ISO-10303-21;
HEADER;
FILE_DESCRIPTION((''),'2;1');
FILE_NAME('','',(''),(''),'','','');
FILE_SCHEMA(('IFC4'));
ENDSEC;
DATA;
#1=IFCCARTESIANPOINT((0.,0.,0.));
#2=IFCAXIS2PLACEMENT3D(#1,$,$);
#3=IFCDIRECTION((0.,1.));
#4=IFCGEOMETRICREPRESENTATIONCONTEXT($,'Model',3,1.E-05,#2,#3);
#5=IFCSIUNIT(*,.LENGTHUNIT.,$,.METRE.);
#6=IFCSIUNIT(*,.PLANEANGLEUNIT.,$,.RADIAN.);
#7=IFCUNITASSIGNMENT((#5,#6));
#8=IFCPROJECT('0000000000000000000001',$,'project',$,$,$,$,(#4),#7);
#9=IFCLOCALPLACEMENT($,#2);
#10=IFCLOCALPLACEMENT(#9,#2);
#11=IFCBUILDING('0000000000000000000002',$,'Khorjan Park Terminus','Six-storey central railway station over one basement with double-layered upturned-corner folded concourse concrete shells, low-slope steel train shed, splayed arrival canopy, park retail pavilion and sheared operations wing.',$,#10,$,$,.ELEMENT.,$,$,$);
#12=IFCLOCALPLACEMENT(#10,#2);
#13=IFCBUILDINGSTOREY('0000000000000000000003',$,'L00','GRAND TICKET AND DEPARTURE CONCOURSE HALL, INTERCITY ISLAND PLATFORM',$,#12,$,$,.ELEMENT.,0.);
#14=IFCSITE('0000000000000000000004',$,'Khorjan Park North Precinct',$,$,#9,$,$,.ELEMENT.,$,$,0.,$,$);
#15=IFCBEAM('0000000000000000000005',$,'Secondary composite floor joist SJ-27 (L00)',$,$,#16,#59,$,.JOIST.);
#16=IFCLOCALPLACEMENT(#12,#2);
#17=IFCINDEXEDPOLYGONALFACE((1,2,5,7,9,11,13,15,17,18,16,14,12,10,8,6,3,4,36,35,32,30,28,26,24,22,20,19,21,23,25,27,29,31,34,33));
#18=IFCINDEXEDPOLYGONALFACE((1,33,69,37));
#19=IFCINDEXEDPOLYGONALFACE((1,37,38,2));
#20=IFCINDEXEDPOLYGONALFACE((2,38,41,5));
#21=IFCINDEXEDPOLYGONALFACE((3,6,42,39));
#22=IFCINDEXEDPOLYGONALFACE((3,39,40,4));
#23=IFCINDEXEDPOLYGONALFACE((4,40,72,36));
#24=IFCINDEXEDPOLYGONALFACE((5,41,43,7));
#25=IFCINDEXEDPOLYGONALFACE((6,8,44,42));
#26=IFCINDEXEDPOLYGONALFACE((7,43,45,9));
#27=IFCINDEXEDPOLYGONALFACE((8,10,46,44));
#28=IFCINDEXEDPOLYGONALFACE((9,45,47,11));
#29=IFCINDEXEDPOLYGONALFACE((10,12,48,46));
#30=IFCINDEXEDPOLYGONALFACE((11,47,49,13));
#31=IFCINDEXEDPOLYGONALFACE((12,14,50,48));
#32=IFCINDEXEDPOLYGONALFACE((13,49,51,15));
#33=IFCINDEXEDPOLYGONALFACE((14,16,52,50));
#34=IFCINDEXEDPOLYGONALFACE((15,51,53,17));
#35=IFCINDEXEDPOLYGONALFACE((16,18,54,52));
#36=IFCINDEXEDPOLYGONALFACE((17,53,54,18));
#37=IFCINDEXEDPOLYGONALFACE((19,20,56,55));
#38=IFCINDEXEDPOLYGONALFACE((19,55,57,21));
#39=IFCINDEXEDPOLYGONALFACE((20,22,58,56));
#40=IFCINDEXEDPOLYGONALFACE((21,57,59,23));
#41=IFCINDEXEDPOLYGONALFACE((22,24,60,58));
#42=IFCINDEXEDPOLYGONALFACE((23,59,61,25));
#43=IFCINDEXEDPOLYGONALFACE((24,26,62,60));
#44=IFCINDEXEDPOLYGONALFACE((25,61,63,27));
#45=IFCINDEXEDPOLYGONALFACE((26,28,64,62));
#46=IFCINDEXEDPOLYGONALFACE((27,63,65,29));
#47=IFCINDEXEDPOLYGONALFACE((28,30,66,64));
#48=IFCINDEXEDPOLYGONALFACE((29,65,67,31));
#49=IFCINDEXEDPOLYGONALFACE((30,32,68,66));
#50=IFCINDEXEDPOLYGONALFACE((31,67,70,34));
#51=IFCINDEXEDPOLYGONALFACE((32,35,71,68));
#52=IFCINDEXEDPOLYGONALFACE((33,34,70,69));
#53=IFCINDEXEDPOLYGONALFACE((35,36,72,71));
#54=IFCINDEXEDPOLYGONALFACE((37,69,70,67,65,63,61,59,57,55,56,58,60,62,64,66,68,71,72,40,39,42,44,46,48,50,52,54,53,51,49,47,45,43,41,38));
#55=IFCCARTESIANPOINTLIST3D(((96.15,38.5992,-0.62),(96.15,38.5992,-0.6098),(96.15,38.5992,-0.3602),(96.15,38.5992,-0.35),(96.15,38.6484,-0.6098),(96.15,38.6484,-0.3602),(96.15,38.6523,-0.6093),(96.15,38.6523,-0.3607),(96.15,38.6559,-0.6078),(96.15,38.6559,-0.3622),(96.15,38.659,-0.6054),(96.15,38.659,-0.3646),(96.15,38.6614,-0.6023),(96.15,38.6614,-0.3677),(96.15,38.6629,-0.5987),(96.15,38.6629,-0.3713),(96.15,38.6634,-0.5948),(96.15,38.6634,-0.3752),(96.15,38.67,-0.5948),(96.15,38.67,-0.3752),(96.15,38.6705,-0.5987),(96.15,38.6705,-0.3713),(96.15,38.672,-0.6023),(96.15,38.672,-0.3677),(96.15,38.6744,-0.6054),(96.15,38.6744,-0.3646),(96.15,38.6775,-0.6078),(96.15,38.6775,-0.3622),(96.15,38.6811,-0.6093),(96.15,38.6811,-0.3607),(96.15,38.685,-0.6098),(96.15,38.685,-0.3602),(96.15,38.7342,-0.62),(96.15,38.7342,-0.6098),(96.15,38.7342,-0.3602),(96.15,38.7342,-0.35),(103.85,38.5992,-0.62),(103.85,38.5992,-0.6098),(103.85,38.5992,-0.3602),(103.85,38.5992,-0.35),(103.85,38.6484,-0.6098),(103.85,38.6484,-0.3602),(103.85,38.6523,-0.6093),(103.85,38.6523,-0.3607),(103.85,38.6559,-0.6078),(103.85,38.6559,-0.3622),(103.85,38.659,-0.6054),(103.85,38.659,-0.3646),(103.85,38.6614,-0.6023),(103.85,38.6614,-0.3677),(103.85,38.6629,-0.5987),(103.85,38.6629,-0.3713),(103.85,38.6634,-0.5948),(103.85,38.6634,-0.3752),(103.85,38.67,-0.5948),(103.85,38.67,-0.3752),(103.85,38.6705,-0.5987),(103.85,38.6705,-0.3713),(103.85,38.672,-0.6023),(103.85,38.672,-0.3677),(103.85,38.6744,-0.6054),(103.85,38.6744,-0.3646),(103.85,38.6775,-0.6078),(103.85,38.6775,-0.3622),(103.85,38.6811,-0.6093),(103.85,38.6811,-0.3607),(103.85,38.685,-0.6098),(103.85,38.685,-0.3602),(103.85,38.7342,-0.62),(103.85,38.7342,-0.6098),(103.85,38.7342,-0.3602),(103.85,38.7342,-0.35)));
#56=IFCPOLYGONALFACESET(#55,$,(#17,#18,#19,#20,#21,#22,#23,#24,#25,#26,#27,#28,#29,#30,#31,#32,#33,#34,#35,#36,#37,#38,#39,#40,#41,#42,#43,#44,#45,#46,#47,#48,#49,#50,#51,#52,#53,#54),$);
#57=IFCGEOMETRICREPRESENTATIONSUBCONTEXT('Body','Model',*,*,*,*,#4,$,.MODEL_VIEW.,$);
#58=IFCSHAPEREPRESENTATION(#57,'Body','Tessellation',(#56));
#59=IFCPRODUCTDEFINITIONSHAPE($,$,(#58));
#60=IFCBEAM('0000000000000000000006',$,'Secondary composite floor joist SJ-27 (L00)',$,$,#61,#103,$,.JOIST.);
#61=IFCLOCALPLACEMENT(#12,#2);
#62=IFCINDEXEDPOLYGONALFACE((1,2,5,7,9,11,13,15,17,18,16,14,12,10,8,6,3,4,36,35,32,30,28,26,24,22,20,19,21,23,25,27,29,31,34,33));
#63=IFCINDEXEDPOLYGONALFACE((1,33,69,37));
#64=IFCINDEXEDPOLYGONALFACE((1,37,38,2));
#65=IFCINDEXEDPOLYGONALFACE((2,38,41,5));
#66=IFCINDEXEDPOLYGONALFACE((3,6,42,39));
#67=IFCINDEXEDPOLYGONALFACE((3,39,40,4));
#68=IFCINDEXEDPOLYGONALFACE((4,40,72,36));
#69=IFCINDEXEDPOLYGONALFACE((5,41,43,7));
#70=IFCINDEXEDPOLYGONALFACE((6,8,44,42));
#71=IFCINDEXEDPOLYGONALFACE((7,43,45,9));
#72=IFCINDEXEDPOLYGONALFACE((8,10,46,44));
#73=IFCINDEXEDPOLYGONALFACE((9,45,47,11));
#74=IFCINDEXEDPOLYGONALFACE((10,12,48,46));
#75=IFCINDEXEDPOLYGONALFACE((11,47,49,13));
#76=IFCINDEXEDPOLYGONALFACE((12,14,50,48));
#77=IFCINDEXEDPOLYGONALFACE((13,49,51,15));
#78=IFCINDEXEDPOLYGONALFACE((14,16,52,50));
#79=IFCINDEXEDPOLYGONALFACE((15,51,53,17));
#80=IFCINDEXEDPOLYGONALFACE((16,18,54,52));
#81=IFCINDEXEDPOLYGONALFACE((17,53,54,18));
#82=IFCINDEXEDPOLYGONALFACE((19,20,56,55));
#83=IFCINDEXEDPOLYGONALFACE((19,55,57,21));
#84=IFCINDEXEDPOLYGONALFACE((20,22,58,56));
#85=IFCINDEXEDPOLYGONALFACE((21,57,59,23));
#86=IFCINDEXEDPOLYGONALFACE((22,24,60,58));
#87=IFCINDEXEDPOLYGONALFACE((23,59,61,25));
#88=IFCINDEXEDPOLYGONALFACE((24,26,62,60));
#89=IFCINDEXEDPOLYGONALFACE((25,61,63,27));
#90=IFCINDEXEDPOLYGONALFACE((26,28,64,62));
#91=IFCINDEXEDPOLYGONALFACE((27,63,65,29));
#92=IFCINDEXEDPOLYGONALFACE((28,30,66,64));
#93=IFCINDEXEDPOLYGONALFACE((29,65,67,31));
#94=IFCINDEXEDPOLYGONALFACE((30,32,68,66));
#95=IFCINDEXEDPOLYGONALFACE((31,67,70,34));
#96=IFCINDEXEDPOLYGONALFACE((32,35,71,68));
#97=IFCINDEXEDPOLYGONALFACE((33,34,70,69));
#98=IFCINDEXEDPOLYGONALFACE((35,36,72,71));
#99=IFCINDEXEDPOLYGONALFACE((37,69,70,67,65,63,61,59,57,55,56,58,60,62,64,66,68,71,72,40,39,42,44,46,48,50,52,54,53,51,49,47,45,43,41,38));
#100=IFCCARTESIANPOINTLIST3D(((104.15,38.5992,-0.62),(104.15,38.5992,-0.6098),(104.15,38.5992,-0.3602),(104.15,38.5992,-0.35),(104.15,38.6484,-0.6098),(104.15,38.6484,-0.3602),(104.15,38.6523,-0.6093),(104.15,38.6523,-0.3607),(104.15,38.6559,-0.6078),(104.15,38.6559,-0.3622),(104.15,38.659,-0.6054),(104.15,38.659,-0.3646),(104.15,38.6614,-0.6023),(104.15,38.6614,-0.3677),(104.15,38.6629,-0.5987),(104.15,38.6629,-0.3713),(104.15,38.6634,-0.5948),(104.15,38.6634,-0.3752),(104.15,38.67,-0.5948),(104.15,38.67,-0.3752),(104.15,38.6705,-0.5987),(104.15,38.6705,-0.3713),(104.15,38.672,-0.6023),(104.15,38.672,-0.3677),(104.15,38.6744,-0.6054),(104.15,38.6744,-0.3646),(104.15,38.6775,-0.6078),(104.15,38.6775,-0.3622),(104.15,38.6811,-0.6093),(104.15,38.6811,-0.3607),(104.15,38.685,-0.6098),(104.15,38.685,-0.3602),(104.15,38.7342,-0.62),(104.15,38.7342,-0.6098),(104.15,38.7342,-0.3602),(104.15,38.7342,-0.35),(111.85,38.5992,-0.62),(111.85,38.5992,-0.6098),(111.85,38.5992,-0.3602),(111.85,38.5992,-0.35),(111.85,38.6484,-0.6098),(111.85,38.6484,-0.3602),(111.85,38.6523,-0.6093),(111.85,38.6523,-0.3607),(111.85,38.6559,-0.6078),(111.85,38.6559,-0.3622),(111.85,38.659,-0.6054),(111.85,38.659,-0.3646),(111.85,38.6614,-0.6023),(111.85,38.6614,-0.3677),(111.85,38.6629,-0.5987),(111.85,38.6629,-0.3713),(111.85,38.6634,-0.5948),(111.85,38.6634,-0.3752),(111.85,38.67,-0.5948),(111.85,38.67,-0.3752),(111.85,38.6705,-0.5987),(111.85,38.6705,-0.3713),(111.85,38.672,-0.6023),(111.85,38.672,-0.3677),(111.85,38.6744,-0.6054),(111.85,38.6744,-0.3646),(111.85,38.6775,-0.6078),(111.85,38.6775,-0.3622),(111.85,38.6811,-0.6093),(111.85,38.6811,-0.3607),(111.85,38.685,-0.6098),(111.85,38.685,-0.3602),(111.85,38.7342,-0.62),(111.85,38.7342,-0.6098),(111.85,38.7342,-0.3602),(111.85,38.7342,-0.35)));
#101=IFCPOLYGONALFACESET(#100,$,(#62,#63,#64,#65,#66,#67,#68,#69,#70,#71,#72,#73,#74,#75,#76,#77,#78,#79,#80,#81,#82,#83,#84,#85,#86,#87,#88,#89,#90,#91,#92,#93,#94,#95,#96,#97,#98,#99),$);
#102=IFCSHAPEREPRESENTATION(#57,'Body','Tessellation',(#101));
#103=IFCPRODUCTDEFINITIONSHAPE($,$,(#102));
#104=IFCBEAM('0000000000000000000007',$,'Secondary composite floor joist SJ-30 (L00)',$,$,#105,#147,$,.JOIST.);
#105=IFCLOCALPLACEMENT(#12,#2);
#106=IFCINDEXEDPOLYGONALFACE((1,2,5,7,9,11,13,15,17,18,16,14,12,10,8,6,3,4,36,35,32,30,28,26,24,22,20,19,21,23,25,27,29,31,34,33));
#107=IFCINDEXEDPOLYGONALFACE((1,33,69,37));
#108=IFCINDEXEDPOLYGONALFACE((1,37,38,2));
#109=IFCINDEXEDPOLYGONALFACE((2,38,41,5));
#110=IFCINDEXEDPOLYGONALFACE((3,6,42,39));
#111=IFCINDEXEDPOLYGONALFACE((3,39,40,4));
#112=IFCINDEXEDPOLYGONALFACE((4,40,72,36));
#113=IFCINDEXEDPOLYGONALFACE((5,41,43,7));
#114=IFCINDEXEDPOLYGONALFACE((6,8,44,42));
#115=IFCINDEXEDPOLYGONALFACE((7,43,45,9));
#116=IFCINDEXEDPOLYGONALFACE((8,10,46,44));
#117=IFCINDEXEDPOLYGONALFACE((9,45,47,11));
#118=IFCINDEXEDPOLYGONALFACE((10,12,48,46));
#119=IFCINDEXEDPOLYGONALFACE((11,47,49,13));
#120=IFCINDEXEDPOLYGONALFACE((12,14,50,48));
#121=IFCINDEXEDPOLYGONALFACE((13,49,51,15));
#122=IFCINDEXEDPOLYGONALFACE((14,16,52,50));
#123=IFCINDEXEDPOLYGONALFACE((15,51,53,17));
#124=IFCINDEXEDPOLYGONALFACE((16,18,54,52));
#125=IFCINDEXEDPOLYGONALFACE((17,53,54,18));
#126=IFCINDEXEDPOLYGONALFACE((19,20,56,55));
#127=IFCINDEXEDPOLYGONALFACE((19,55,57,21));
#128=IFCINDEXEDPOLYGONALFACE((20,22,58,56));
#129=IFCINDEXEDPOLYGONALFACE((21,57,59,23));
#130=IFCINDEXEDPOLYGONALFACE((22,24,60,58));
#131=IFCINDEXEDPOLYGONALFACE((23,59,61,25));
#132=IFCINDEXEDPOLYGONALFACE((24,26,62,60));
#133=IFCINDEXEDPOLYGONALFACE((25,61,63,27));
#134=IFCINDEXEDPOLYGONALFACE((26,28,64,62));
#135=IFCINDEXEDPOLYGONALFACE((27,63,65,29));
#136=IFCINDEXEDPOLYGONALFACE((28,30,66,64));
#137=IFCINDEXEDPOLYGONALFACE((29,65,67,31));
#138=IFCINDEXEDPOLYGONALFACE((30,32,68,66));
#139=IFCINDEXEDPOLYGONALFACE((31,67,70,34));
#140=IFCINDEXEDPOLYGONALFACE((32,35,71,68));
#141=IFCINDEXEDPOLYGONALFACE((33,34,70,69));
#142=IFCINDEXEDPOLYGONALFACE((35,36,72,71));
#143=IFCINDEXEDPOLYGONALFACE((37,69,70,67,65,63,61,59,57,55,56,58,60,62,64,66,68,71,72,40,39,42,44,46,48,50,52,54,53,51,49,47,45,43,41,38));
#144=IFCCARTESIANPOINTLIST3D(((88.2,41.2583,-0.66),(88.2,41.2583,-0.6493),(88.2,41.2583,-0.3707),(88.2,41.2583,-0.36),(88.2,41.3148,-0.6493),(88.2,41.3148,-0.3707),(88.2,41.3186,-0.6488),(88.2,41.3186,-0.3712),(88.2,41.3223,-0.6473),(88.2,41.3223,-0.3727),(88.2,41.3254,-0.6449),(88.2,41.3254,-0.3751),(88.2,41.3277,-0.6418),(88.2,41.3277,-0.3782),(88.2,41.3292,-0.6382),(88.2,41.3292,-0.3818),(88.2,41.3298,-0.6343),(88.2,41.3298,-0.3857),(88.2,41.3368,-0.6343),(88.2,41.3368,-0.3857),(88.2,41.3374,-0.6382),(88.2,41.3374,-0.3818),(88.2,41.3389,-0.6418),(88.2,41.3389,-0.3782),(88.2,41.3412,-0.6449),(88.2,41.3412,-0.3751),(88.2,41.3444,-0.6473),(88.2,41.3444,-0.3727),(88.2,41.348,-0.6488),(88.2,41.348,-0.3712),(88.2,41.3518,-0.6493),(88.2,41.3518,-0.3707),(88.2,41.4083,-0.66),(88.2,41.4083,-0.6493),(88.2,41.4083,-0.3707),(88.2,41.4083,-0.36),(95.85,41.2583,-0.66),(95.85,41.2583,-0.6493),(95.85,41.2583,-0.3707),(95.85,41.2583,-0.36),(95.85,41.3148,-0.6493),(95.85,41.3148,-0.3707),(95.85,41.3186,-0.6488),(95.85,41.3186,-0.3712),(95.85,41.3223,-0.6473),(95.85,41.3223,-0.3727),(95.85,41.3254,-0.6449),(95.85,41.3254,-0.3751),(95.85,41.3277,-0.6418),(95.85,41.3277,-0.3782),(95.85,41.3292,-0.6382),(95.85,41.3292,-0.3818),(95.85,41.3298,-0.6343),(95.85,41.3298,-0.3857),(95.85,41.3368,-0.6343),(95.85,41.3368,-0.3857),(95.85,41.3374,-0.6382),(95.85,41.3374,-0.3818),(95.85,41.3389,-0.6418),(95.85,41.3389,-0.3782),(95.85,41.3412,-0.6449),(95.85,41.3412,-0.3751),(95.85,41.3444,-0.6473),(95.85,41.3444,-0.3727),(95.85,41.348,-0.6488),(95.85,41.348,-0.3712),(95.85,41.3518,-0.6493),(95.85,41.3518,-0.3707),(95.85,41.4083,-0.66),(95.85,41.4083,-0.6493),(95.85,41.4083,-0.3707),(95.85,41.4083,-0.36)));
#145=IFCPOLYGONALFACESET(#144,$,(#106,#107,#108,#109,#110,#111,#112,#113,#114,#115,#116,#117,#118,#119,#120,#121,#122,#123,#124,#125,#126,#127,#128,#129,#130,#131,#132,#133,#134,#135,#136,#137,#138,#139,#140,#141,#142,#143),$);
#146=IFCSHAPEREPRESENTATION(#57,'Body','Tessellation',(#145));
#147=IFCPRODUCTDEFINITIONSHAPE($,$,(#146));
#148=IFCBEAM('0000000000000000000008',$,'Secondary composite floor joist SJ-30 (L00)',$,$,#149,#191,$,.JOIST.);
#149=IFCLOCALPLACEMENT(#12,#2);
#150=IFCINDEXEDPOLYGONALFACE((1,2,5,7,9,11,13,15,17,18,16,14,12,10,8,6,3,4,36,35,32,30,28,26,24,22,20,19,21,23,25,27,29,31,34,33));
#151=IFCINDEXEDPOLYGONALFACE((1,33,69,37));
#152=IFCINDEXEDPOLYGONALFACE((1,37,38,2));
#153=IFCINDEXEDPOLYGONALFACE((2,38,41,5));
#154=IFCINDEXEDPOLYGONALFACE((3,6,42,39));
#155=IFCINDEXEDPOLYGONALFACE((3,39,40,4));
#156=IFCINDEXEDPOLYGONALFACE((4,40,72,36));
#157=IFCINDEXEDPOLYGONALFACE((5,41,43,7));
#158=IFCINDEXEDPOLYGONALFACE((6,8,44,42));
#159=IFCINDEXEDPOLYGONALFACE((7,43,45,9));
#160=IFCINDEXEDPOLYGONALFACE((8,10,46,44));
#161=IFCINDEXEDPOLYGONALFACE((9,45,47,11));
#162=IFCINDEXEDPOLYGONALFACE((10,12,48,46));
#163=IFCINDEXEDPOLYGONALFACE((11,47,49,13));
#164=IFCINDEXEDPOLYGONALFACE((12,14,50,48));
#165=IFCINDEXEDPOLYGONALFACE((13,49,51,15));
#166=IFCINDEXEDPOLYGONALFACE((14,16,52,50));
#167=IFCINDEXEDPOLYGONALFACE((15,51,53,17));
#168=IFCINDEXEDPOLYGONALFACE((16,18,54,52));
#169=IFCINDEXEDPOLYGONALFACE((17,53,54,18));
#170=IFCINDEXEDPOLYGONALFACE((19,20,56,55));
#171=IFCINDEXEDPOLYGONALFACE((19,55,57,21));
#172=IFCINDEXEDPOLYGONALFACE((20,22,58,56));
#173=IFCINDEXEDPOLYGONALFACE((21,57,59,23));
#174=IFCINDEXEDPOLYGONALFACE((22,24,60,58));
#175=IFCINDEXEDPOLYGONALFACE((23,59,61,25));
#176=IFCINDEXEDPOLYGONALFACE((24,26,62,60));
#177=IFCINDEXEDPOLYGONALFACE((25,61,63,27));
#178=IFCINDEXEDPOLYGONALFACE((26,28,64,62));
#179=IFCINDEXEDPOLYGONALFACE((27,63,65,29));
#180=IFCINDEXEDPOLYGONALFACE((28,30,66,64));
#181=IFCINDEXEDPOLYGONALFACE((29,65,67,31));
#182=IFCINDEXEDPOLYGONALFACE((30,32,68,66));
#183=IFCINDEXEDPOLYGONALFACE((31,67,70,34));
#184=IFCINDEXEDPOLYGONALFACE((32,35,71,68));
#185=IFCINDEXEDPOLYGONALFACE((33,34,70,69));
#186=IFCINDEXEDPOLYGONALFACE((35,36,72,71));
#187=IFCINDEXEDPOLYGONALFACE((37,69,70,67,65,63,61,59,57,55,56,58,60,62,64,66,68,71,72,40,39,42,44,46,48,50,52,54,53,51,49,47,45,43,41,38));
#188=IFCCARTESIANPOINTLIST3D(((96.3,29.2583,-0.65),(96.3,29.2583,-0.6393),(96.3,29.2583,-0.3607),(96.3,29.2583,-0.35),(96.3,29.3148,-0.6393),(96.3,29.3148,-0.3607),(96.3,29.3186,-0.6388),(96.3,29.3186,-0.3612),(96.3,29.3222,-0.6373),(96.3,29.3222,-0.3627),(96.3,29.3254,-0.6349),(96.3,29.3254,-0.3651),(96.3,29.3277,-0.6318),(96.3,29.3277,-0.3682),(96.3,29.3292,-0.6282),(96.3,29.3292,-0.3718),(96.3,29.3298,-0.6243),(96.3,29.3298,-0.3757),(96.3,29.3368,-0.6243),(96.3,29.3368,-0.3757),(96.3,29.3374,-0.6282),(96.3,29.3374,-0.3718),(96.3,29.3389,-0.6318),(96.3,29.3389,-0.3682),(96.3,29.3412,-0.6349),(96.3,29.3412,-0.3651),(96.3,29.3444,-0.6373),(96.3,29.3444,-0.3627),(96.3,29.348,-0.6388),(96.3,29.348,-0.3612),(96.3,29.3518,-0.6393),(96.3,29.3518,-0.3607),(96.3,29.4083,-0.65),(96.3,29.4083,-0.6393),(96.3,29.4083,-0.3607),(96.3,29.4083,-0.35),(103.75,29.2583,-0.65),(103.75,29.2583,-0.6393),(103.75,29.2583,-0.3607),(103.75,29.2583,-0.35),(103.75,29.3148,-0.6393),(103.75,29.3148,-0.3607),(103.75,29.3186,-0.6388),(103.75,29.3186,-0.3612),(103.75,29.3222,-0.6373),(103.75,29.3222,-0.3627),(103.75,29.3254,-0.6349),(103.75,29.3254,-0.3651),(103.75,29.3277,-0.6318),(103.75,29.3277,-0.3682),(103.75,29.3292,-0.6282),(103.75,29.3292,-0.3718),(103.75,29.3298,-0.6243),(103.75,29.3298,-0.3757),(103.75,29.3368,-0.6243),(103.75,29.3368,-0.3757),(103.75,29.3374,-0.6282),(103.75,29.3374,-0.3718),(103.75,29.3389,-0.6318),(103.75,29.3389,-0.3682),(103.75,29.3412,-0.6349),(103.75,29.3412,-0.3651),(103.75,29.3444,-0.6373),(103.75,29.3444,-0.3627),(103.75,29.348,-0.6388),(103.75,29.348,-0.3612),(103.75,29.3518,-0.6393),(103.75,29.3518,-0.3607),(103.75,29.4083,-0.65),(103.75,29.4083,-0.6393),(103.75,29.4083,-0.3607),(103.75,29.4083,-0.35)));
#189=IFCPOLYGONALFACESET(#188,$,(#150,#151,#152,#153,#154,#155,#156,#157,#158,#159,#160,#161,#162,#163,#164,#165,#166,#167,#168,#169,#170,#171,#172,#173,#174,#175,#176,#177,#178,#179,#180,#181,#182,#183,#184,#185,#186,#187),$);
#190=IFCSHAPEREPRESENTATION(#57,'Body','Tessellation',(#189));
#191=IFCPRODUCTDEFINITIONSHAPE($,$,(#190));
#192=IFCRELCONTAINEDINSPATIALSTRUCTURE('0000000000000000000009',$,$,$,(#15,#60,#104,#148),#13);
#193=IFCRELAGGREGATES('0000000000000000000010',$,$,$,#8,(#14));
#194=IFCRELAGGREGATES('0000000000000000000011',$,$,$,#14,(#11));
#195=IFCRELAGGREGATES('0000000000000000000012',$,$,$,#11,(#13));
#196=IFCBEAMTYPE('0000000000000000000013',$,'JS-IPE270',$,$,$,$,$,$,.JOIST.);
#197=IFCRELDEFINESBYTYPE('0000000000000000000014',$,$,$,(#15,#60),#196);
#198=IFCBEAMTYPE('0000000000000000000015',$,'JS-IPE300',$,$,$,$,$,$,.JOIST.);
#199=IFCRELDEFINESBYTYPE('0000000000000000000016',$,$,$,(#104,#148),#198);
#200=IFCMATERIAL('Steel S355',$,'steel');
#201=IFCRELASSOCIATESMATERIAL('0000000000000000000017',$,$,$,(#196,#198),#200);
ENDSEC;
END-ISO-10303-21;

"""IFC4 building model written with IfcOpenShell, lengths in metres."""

from ifc_helpers import new_model, si_unit, direction, frame, origin, origin_2d, place, context, subcontext, project, spatial, i_section, extrude, material, material_profile, profile_set, type_object, element, save


model = new_model("IFC4")

# Units and contexts
model_context = context("Model", 3, precision=1e-05, world=origin(), true_north=direction((0.0, 1.0)))
body_context = subcontext(model_context, "Body", "Model", "MODEL_VIEW")
ifc_project = project(units=[si_unit("LENGTHUNIT", "METRE"), si_unit("PLANEANGLEUNIT", "RADIAN")], contexts=[model_context])

# Site, building, storey
site_placement = place(None, origin())
site = spatial("IfcSite", under=ifc_project, at=site_placement, Name="Khorjan Park North Precinct", CompositionType="ELEMENT", RefElevation=0.0)
building_placement = place(site_placement, origin())
building = spatial("IfcBuilding", under=site, at=building_placement, Name="Khorjan Park Terminus", Description="Six-storey central railway station over one basement with double-layered upturned-corner folded concourse concrete shells, low-slope steel train shed, splayed arrival canopy, park retail pavilion and sheared operations wing.", CompositionType="ELEMENT")
storey_placement = place(building_placement, origin())
storey = spatial("IfcBuildingStorey", under=building, at=storey_placement, Name="L00", Description="GRAND TICKET AND DEPARTURE CONCOURSE HALL, INTERCITY ISLAND PLATFORM", CompositionType="ELEMENT", Elevation=0.0)

# Beams
ifc_material_1 = material(Name="Steel S355", Category="steel")
ifc_material_profile_1 = material_profile(ifc_material_1, i_section(OverallWidth=0.135, OverallDepth=0.27, WebThickness=0.0066, FlangeThickness=0.0102, FilletRadius=0.015, at=origin_2d()), Name="IPE 270")
ifc_profile_set_1 = profile_set([ifc_material_profile_1], Name="Steel S355")
beam_type_1 = type_object("IfcBeamType", Name="JS-IPE270", PredefinedType="JOIST", material=ifc_profile_set_1)
for number, where, z_axis, x_axis, name in (
    (1, (96.15, 38.6667, -0.485), (1.0, 0.0, 0.0), (0.0, 1.0, 0.0), "Secondary composite floor joist SJ-27 (L00)"),
    (2, (104.15, 38.6667, -0.485), (1.0, 0.0, 0.0), (0.0, 1.0, 0.0), "Secondary composite floor joist SJ-27 (L00)"),
):
    element("IfcBeam", number, at=place(storey_placement, frame(where, z_axis=z_axis, x_axis=x_axis)), inside=storey, type_object=beam_type_1, Name=name, PredefinedType="JOIST", context=body_context, shape_type="SweptSolid", body=[
        extrude(i_section(OverallWidth=0.135, OverallDepth=0.27, WebThickness=0.0066, FlangeThickness=0.0102, FilletRadius=0.015, at=origin_2d()), origin(), (0.0, 0.0, 1.0), 7.7),
    ])
ifc_material_profile_2 = material_profile(ifc_material_1, i_section(OverallWidth=0.15, OverallDepth=0.3, WebThickness=0.0071, FlangeThickness=0.0107, FilletRadius=0.015, at=origin_2d()), Name="IPE 300")
ifc_profile_set_2 = profile_set([ifc_material_profile_2], Name="Steel S355")
beam_type_2 = type_object("IfcBeamType", Name="JS-IPE300", PredefinedType="JOIST", material=ifc_profile_set_2)
beam_1_placement = place(storey_placement, frame((88.2, 41.3333, -0.51), z_axis=(1.0, 0.0, 0.0), x_axis=(0.0, 1.0, 0.0)))
element("IfcBeam", 3, at=beam_1_placement, inside=storey, type_object=beam_type_2, Name="Secondary composite floor joist SJ-30 (L00)", PredefinedType="JOIST", context=body_context, shape_type="SweptSolid", body=[
    extrude(i_section(OverallWidth=0.15, OverallDepth=0.3, WebThickness=0.0071, FlangeThickness=0.0107, FilletRadius=0.015, at=origin_2d()), origin(), (0.0, 0.0, 1.0), 7.65),
])
beam_2_placement = place(storey_placement, frame((96.3, 29.3333, -0.5), z_axis=(1.0, 0.0, 0.0), x_axis=(0.0, 1.0, 0.0)))
element("IfcBeam", 4, at=beam_2_placement, inside=storey, type_object=beam_type_2, Name="Secondary composite floor joist SJ-30 (L00)", PredefinedType="JOIST", context=body_context, shape_type="SweptSolid", body=[
    extrude(i_section(OverallWidth=0.15, OverallDepth=0.3, WebThickness=0.0071, FlangeThickness=0.0107, FilletRadius=0.015, at=origin_2d()), origin(), (0.0, 0.0, 1.0), 7.45),
])

save(model, "model.ifc")
